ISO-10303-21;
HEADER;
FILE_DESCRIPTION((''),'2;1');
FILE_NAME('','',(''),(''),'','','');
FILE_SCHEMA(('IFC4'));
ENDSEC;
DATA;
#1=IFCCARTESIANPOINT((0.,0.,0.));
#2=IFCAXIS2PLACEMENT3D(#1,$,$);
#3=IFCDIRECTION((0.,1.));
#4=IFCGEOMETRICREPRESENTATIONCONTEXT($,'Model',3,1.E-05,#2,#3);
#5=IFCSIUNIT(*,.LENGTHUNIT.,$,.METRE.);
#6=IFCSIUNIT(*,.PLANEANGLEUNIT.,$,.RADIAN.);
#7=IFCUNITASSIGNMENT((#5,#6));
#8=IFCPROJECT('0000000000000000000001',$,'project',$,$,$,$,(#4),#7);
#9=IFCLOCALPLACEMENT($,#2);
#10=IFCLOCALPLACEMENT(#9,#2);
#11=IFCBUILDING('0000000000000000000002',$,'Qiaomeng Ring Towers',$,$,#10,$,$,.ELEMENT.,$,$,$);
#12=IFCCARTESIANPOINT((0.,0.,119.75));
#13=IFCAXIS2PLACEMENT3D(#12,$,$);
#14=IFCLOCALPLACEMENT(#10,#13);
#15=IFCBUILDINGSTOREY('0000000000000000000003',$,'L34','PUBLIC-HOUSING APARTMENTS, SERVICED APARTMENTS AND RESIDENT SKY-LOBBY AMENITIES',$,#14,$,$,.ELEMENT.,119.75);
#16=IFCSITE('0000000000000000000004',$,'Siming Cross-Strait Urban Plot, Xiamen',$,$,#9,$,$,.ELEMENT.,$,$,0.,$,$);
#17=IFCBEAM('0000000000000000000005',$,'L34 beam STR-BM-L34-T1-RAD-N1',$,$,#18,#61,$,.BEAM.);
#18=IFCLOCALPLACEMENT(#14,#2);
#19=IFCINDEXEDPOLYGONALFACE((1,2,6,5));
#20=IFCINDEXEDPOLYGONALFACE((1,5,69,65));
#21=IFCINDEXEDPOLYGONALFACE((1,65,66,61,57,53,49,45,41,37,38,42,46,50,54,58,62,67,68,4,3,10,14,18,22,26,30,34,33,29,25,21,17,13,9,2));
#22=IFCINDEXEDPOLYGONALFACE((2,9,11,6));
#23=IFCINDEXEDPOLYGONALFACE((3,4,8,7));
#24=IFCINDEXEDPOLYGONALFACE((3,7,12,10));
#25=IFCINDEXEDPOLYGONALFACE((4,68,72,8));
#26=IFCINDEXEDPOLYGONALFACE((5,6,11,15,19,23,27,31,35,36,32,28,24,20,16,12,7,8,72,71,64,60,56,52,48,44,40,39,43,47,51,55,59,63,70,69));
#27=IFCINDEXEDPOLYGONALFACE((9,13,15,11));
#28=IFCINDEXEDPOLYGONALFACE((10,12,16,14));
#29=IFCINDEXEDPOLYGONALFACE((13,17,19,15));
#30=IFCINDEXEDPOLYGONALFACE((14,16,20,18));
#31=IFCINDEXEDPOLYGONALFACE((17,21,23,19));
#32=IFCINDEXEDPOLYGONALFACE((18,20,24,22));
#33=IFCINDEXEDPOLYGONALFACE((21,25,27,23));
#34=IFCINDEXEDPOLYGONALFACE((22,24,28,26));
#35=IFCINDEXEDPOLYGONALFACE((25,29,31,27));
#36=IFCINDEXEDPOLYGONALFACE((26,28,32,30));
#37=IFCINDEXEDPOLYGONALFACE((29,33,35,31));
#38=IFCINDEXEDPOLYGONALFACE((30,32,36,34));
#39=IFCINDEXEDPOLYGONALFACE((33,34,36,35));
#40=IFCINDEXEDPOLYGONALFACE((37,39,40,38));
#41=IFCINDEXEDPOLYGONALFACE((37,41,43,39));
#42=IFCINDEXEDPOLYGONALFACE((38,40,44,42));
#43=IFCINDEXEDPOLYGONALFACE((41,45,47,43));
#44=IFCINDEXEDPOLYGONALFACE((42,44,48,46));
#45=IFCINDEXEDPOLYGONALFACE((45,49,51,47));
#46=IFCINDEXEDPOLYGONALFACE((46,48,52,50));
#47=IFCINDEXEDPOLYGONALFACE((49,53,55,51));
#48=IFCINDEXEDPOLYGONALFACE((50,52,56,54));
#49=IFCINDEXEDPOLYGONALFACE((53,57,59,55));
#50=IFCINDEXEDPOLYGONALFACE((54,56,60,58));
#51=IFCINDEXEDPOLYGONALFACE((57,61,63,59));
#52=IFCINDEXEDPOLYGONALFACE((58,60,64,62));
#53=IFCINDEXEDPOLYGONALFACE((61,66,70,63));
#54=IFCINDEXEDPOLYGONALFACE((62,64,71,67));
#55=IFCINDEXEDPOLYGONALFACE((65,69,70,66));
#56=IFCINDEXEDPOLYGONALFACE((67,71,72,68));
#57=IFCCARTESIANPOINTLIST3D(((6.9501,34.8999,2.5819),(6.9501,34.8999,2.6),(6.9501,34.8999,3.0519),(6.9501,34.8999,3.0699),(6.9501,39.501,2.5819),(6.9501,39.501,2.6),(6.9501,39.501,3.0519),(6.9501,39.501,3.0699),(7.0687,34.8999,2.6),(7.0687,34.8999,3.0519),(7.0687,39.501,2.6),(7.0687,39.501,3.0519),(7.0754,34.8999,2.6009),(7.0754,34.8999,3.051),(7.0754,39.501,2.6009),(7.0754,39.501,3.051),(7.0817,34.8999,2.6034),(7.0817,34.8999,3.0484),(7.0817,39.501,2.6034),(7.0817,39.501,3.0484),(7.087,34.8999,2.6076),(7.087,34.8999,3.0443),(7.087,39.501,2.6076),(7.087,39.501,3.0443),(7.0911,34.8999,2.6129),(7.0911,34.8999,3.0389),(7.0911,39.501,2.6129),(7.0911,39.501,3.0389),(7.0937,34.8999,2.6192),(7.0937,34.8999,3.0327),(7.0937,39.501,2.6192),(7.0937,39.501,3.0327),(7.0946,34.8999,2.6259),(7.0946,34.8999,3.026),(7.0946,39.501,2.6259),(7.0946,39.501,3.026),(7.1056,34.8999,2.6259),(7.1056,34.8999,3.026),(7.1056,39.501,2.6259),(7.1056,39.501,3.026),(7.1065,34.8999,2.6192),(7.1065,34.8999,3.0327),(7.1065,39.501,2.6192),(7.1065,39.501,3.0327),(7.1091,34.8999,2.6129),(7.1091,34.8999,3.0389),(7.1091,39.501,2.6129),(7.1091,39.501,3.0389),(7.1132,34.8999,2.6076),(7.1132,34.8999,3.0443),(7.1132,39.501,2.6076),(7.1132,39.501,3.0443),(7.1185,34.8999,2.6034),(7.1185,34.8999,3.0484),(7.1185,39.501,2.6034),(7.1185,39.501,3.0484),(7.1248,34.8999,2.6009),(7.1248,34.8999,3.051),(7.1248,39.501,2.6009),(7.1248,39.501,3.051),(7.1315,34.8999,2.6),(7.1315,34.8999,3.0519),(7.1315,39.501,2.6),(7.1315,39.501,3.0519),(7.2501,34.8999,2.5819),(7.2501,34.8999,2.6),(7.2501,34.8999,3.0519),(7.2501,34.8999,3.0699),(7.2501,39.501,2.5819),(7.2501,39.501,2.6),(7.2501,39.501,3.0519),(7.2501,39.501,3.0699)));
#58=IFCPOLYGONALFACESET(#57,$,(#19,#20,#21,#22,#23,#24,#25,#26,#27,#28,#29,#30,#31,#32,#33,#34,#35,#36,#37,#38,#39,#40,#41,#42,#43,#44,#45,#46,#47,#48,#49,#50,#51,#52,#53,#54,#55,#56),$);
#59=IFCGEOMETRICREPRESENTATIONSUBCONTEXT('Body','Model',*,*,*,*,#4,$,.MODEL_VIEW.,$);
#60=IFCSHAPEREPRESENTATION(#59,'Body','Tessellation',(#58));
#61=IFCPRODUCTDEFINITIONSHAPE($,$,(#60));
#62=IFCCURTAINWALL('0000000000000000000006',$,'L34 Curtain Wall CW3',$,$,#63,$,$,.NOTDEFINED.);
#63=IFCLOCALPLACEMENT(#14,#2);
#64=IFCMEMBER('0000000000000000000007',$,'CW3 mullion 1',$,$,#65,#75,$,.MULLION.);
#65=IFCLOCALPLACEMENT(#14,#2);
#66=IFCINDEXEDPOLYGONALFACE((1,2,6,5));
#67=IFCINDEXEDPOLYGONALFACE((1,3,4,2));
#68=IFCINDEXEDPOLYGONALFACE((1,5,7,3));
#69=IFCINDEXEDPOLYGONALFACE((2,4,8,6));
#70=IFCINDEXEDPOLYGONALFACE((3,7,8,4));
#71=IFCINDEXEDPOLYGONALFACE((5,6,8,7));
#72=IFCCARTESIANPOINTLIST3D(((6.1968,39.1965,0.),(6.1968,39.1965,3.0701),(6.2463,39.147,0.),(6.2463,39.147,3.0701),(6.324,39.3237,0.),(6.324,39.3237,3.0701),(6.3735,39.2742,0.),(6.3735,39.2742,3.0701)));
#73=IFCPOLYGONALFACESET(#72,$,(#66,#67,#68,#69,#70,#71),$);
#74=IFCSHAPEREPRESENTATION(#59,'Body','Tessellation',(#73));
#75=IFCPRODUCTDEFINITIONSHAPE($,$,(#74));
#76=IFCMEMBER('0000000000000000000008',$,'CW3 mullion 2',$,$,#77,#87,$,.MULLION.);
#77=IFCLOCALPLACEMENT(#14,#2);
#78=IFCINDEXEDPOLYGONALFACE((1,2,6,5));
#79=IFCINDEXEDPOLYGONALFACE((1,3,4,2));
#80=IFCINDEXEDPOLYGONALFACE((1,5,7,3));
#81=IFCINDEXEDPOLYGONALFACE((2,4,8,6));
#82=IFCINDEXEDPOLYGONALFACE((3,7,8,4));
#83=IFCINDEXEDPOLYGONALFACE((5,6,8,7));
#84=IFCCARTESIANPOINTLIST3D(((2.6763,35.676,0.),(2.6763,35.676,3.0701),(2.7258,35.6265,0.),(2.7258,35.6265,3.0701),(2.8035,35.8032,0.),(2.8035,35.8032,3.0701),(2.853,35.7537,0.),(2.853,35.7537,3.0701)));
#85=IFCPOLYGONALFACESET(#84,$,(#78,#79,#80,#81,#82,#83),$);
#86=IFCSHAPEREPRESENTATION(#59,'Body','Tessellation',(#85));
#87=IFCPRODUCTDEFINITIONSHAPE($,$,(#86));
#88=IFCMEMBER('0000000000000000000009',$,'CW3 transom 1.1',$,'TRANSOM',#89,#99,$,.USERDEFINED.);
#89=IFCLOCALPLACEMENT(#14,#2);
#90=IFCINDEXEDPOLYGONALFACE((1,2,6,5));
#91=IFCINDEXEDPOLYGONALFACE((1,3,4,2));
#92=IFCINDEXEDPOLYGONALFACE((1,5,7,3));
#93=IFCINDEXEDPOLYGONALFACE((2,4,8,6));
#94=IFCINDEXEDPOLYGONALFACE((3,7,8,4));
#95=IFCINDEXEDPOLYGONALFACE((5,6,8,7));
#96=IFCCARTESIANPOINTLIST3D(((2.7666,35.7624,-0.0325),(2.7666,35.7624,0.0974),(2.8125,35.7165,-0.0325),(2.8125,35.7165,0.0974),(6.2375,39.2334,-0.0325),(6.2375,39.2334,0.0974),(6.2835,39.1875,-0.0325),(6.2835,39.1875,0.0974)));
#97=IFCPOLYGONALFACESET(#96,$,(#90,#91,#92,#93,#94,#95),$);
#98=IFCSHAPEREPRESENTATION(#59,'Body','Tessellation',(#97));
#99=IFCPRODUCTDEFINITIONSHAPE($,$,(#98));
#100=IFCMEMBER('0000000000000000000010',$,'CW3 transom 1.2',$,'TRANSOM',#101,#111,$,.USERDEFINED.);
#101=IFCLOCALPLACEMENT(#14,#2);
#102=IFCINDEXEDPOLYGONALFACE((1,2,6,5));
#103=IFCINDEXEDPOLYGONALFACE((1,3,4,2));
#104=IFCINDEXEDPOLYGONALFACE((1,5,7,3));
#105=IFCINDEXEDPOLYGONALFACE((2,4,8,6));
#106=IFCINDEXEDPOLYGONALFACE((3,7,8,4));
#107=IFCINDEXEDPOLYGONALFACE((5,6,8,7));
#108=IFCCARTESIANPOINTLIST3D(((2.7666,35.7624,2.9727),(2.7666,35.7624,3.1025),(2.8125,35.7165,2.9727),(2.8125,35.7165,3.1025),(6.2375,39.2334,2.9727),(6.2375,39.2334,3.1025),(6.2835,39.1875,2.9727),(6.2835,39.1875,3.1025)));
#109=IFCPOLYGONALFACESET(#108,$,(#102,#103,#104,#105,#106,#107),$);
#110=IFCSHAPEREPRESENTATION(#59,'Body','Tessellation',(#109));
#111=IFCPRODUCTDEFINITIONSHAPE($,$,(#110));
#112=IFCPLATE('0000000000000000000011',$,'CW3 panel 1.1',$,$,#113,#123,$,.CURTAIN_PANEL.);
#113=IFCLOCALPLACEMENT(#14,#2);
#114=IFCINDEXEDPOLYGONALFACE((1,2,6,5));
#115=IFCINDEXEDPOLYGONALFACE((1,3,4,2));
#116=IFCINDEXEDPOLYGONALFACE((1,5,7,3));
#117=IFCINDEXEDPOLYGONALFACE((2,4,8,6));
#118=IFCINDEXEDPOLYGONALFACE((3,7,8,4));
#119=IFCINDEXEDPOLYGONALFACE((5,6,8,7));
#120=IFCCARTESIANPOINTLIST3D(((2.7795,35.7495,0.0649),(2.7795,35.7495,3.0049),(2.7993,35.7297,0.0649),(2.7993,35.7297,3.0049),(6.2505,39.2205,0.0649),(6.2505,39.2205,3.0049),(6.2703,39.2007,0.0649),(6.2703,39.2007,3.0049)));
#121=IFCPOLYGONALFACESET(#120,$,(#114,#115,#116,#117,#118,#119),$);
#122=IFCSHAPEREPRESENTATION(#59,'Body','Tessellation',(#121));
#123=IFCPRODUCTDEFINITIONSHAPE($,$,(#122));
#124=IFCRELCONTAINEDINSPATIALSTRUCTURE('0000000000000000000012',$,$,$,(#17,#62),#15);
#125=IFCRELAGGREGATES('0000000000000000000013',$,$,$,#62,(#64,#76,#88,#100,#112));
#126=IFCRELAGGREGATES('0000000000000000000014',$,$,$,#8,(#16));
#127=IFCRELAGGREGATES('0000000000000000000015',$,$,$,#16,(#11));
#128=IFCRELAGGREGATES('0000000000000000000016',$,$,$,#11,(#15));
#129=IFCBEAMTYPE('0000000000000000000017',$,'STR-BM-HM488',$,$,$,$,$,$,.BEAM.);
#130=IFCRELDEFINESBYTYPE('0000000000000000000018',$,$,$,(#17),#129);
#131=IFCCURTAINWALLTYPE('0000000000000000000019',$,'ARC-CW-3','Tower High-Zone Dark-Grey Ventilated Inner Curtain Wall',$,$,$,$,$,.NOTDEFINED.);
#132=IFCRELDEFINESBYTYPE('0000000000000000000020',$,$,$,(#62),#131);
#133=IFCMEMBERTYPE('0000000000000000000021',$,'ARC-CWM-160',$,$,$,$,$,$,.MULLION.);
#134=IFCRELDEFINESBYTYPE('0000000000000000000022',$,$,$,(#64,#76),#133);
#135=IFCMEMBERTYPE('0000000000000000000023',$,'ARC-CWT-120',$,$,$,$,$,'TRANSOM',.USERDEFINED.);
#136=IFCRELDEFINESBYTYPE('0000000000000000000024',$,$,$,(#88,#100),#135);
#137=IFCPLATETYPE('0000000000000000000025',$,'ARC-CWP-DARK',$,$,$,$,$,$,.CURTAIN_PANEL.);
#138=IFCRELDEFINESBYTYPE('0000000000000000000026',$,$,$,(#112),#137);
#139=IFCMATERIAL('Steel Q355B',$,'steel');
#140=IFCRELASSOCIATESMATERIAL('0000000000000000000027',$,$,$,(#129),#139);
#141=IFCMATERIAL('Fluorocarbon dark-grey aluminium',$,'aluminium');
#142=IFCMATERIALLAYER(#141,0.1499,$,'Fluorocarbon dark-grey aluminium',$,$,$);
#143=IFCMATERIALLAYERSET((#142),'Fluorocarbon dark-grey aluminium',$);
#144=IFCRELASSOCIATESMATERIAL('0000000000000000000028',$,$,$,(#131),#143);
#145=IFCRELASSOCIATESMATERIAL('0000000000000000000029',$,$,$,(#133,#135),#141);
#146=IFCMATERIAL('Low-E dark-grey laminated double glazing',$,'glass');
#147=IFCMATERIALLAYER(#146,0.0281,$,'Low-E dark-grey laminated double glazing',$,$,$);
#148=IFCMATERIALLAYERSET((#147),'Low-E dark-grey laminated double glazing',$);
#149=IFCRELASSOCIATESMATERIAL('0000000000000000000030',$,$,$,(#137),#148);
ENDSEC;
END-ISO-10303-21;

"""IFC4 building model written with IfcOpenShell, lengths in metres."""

from ifc_helpers import new_model, si_unit, direction, frame, origin, origin_2d, place, context, subcontext, project, spatial, rectangle, i_section, extrude, source, transform, mapped, material, layer, layer_set, material_profile, profile_set, type_object, element, aggregate, save


model = new_model("IFC4")

# Units and contexts
model_context = context("Model", 3, precision=1e-05, world=origin(), true_north=direction((0.0, 1.0)))
body_context = subcontext(model_context, "Body", "Model", "MODEL_VIEW")
ifc_project = project(units=[si_unit("LENGTHUNIT", "METRE"), si_unit("PLANEANGLEUNIT", "RADIAN")], contexts=[model_context])

# Site, building, storey
site_placement = place(None, origin())
site = spatial("IfcSite", under=ifc_project, at=site_placement, Name="Siming Cross-Strait Urban Plot, Xiamen", CompositionType="ELEMENT", RefElevation=0.0)
building_placement = place(site_placement, origin())
building = spatial("IfcBuilding", under=site, at=building_placement, Name="Qiaomeng Ring Towers", CompositionType="ELEMENT")
storey_placement = place(building_placement, frame((0.0, 0.0, 119.75)))
storey = spatial("IfcBuildingStorey", under=building, at=storey_placement, Name="L34", Description="PUBLIC-HOUSING APARTMENTS, SERVICED APARTMENTS AND RESIDENT SKY-LOBBY AMENITIES", CompositionType="ELEMENT", Elevation=119.75)

# Beam
ifc_material_1 = material(Name="Steel Q355B", Category="steel")
ifc_material_profile_1 = material_profile(ifc_material_1, i_section(OverallWidth=0.3, OverallDepth=0.488, WebThickness=0.011, FlangeThickness=0.0181, FilletRadius=0.0259, at=origin_2d()), Name="HM 488x300x11x18")
ifc_profile_set_1 = profile_set([ifc_material_profile_1], Name="Steel Q355B")
beam_type_1 = type_object("IfcBeamType", Name="STR-BM-HM488", PredefinedType="BEAM", material=ifc_profile_set_1)
shared_shape_1 = source(origin(), body_context, "Body", "SweptSolid", [
    extrude(i_section(OverallWidth=0.3, OverallDepth=0.488, WebThickness=0.011, FlangeThickness=0.0181, FilletRadius=0.0259, at=origin_2d()), origin(), (0.0, 0.0, 1.0), 4.6011),
])
beam_1_placement = place(storey_placement, frame((7.1001, 39.501, 2.8259), z_axis=(0.0, -1.0, 0.0), x_axis=(1.0, 0.0, 0.0)))
element("IfcBeam", 1, at=beam_1_placement, inside=storey, type_object=beam_type_1, Name="L34 beam STR-BM-L34-T1-RAD-N1", PredefinedType="BEAM", context=body_context, shape_type="MappedRepresentation", body=[
    mapped(shared_shape_1, transform((0.0, 0.0, 0.0), x_axis=(1.0, 0.0, 0.0), y_axis=(0.0, 1.0, 0.0), z_axis=(0.0, 0.0, 1.0), scale=1.0)),
])

# Curtain wall, members, plate
ifc_material_2 = material(Name="Fluorocarbon dark-grey aluminium", Category="aluminium")
ifc_layer_1 = layer(ifc_material_2, 0.1499, Name="Fluorocarbon dark-grey aluminium")
ifc_layer_set_1 = layer_set([ifc_layer_1], Name="Fluorocarbon dark-grey aluminium")
curtain_wall_type = type_object("IfcCurtainWallType", Name="ARC-CW-3", Description="Tower High-Zone Dark-Grey Ventilated Inner Curtain Wall", PredefinedType="NOTDEFINED", material=ifc_layer_set_1)
curtain_wall_placement = place(storey_placement, origin())
curtain_wall = element("IfcCurtainWall", 2, at=curtain_wall_placement, inside=storey, type_object=curtain_wall_type, Name="L34 Curtain Wall CW3", PredefinedType="NOTDEFINED")
ifc_material_profile_2 = material_profile(ifc_material_2, rectangle(XDim=0.0701, YDim=0.1799, at=origin_2d()), Name="ALU MULL 70x180")
ifc_profile_set_2 = profile_set([ifc_material_profile_2], Name="Fluorocarbon dark-grey aluminium")
member_type_1 = type_object("IfcMemberType", Name="ARC-CWM-160", PredefinedType="MULLION", material=ifc_profile_set_2)
shared_shape_2 = source(origin(), body_context, "Body", "SweptSolid", [
    extrude(rectangle(XDim=0.0701, YDim=0.1799, at=origin_2d()), origin(), (0.0, 0.0, 1.0), 3.0701),
])
member_1_placement = place(storey_placement, frame((6.2852, 39.2354, 0.0), z_axis=(0.0, 0.0, 1.0), x_axis=(0.707107, -0.707107, 0.0)))
member_1 = element("IfcMember", 3, at=member_1_placement, type_object=member_type_1, Name="CW3 mullion 1", PredefinedType="MULLION", context=body_context, shape_type="MappedRepresentation", body=[
    mapped(shared_shape_2, transform((0.0, 0.0, 0.0), x_axis=(1.0, 0.0, 0.0), y_axis=(0.0, 1.0, 0.0), z_axis=(0.0, 0.0, 1.0), scale=1.0)),
])
member_2_placement = place(storey_placement, frame((2.7646, 35.7148, 0.0), z_axis=(0.0, 0.0, 1.0), x_axis=(0.707107, -0.707107, 0.0)))
member_2 = element("IfcMember", 4, at=member_2_placement, type_object=member_type_1, Name="CW3 mullion 2", PredefinedType="MULLION", context=body_context, shape_type="MappedRepresentation", body=[
    mapped(shared_shape_2, transform((0.0, 0.0, 0.0), x_axis=(1.0, 0.0, 0.0), y_axis=(0.0, 1.0, 0.0), z_axis=(0.0, 0.0, 1.0), scale=1.0)),
])
ifc_material_profile_3 = material_profile(ifc_material_2, rectangle(XDim=0.0649, YDim=0.1299, at=origin_2d()), Name="ALU TRAN 65x130")
ifc_profile_set_3 = profile_set([ifc_material_profile_3], Name="Fluorocarbon dark-grey aluminium")
member_type_2 = type_object("IfcMemberType", Name="ARC-CWT-120", ElementType="TRANSOM", PredefinedType="USERDEFINED", material=ifc_profile_set_3)
shared_shape_3 = source(origin(), body_context, "Body", "SweptSolid", [
    extrude(rectangle(XDim=0.0649, YDim=0.1299, at=origin_2d()), origin(), (0.0, 0.0, 1.0), 4.9087),
])
member_3_placement = place(storey_placement, frame((6.2605, 39.2104, 0.0325), z_axis=(-0.707107, -0.707107, 0.0), x_axis=(0.707107, -0.707107, 0.0)))
member_3 = element("IfcMember", 5, at=member_3_placement, type_object=member_type_2, Name="CW3 transom 1.1", ObjectType="TRANSOM", PredefinedType="USERDEFINED", context=body_context, shape_type="MappedRepresentation", body=[
    mapped(shared_shape_3, transform((0.0, 0.0, 0.0), x_axis=(1.0, 0.0, 0.0), y_axis=(0.0, 1.0, 0.0), z_axis=(0.0, 0.0, 1.0), scale=1.0)),
])
member_4_placement = place(storey_placement, frame((6.2605, 39.2104, 3.0376), z_axis=(-0.707107, -0.707107, 0.0), x_axis=(0.707107, -0.707107, 0.0)))
member_4 = element("IfcMember", 6, at=member_4_placement, type_object=member_type_2, Name="CW3 transom 1.2", ObjectType="TRANSOM", PredefinedType="USERDEFINED", context=body_context, shape_type="MappedRepresentation", body=[
    mapped(shared_shape_3, transform((0.0, 0.0, 0.0), x_axis=(1.0, 0.0, 0.0), y_axis=(0.0, 1.0, 0.0), z_axis=(0.0, 0.0, 1.0), scale=1.0)),
])
ifc_material_3 = material(Name="Low-E dark-grey laminated double glazing", Category="glass")
ifc_layer_2 = layer(ifc_material_3, 0.0281, Name="Low-E dark-grey laminated double glazing")
ifc_layer_set_2 = layer_set([ifc_layer_2], Name="Low-E dark-grey laminated double glazing")
plate_type = type_object("IfcPlateType", Name="ARC-CWP-DARK", PredefinedType="CURTAIN_PANEL", material=ifc_layer_set_2)
shared_shape_4 = source(origin(), body_context, "Body", "SweptSolid", [
    extrude(rectangle(XDim=4.9087, YDim=0.0281, at=origin_2d()), origin(), (0.0, 0.0, 1.0), 2.9399),
])
plate_placement = place(storey_placement, frame((4.5249, 37.4751, 0.0649), z_axis=(0.0, 0.0, 1.0), x_axis=(-0.707107, -0.707107, 0.0)))
plate = element("IfcPlate", 7, at=plate_placement, type_object=plate_type, Name="CW3 panel 1.1", PredefinedType="CURTAIN_PANEL", context=body_context, shape_type="MappedRepresentation", body=[
    mapped(shared_shape_4, transform((0.0, 0.0, 0.0), x_axis=(1.0, 0.0, 0.0), y_axis=(0.0, 1.0, 0.0), z_axis=(0.0, 0.0, 1.0), scale=1.0)),
])
aggregate(curtain_wall, [member_1, member_2, member_3, member_4, plate])

save(model, "model.ifc")
